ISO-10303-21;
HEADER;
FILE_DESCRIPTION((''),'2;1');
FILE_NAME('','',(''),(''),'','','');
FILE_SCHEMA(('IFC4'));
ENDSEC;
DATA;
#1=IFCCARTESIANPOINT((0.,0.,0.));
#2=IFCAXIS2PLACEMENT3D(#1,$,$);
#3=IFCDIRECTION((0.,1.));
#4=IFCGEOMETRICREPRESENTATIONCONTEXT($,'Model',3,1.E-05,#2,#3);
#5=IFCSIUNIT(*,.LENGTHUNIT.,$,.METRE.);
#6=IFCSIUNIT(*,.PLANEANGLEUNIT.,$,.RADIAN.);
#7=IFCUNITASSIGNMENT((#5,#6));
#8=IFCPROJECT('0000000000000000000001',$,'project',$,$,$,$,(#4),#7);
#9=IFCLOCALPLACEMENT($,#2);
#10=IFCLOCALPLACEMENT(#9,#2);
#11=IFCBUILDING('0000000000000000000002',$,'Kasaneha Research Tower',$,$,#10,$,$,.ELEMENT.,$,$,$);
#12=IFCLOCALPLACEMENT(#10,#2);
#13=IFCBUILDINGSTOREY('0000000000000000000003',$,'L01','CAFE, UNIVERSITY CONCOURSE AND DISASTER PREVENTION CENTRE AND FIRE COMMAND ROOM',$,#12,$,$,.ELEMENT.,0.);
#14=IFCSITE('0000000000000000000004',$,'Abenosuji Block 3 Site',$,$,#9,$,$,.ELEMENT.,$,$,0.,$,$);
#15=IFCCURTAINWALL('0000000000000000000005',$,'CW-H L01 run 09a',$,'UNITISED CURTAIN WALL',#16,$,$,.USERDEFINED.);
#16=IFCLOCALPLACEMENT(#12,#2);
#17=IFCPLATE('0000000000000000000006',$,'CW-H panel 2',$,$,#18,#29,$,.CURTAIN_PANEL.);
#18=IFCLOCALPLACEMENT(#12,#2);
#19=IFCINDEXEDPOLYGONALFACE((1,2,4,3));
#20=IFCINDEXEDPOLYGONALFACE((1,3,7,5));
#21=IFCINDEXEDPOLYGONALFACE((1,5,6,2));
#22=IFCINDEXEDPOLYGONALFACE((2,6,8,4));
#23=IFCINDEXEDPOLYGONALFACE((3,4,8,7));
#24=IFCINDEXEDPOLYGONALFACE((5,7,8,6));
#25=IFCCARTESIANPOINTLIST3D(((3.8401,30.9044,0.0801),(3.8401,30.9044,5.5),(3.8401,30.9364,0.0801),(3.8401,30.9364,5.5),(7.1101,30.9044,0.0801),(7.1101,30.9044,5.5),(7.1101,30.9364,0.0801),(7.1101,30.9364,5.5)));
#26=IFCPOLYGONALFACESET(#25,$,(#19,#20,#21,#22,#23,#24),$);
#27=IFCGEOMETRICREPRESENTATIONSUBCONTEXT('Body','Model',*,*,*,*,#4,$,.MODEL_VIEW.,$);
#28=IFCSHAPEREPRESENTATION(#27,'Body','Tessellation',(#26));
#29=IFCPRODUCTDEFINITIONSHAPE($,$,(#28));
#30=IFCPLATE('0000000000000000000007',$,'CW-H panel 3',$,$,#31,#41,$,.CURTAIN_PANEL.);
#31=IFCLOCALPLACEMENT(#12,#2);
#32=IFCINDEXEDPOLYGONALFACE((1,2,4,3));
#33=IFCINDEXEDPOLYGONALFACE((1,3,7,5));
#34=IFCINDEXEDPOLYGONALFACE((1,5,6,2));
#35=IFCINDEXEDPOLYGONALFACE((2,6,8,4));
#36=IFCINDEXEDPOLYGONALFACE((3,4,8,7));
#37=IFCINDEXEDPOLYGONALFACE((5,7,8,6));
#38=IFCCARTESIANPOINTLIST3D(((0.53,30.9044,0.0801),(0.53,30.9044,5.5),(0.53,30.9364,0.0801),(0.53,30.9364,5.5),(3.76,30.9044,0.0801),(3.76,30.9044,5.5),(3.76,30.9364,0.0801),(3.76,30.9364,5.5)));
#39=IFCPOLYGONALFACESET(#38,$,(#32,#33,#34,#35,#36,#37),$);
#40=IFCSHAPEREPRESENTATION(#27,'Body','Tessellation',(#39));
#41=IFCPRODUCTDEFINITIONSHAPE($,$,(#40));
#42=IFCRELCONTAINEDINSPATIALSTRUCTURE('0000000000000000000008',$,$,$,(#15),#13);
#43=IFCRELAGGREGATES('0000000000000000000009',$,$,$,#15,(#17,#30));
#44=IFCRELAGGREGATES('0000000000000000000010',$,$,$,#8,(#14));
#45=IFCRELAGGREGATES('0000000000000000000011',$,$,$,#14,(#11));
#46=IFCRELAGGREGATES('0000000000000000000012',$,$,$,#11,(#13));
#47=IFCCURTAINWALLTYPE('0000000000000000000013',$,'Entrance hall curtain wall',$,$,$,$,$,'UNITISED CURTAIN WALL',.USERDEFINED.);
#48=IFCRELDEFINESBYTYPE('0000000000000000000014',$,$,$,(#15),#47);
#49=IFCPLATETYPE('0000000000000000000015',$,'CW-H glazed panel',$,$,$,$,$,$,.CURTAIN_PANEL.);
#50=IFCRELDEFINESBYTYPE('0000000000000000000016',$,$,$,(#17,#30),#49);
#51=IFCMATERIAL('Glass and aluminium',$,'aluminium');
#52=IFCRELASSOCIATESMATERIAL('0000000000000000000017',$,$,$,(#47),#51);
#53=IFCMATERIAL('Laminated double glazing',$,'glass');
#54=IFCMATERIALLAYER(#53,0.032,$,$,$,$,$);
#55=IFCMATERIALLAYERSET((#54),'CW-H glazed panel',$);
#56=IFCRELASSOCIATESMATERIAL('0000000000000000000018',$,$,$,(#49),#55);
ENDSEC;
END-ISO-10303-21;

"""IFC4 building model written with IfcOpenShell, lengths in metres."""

from ifc_helpers import new_model, si_unit, direction, frame, origin, origin_2d, place, context, subcontext, project, spatial, rectangle, extrude, material, layer, layer_set, type_object, element, aggregate, save


model = new_model("IFC4")

# Units and contexts
model_context = context("Model", 3, precision=1e-05, world=origin(), true_north=direction((0.0, 1.0)))
body_context = subcontext(model_context, "Body", "Model", "MODEL_VIEW")
ifc_project = project(units=[si_unit("LENGTHUNIT", "METRE"), si_unit("PLANEANGLEUNIT", "RADIAN")], contexts=[model_context])

# Site, building, storey
site_placement = place(None, origin())
site = spatial("IfcSite", under=ifc_project, at=site_placement, Name="Abenosuji Block 3 Site", CompositionType="ELEMENT", RefElevation=0.0)
building_placement = place(site_placement, origin())
building = spatial("IfcBuilding", under=site, at=building_placement, Name="Kasaneha Research Tower", CompositionType="ELEMENT")
storey_placement = place(building_placement, origin())
storey = spatial("IfcBuildingStorey", under=building, at=storey_placement, Name="L01", Description="CAFE, UNIVERSITY CONCOURSE AND DISASTER PREVENTION CENTRE AND FIRE COMMAND ROOM", CompositionType="ELEMENT", Elevation=0.0)

# Curtain wall
ifc_material_1 = material(Name="Glass and aluminium", Category="aluminium")
curtain_wall_type = type_object("IfcCurtainWallType", Name="Entrance hall curtain wall", ElementType="UNITISED CURTAIN WALL", PredefinedType="USERDEFINED", material=ifc_material_1)
curtain_wall_1_placement = place(storey_placement, origin())
curtain_wall_1 = element("IfcCurtainWall", 1, at=curtain_wall_1_placement, inside=storey, type_object=curtain_wall_type, Name="CW-H L01 run 09a", ObjectType="UNITISED CURTAIN WALL", PredefinedType="USERDEFINED")

# Plates
ifc_material_2 = material(Name="Laminated double glazing", Category="glass")
ifc_layer = layer(ifc_material_2, 0.032)
ifc_layer_set = layer_set([ifc_layer], Name="CW-H glazed panel")
plate_type = type_object("IfcPlateType", Name="CW-H glazed panel", PredefinedType="CURTAIN_PANEL", material=ifc_layer_set)
plate_1_placement = place(storey_placement, frame((5.4751, 30.9204, 0.0801), z_axis=(0.0, 0.0, 1.0), x_axis=(-1.0, 0.0, 0.0)))
plate_1 = element("IfcPlate", 2, at=plate_1_placement, type_object=plate_type, Name="CW-H panel 2", PredefinedType="CURTAIN_PANEL", context=body_context, shape_type="SweptSolid", body=[
    extrude(rectangle(XDim=3.27, YDim=0.032, at=origin_2d()), origin(), (0.0, 0.0, 1.0), 5.4199),
])
plate_2_placement = place(storey_placement, frame((2.145, 30.9204, 0.0801), z_axis=(0.0, 0.0, 1.0), x_axis=(-1.0, 0.0, 0.0)))
plate_2 = element("IfcPlate", 3, at=plate_2_placement, type_object=plate_type, Name="CW-H panel 3", PredefinedType="CURTAIN_PANEL", context=body_context, shape_type="SweptSolid", body=[
    extrude(rectangle(XDim=3.23, YDim=0.032, at=origin_2d()), origin(), (0.0, 0.0, 1.0), 5.4199),
])
aggregate(curtain_wall_1, [plate_1, plate_2])

save(model, "model.ifc")
